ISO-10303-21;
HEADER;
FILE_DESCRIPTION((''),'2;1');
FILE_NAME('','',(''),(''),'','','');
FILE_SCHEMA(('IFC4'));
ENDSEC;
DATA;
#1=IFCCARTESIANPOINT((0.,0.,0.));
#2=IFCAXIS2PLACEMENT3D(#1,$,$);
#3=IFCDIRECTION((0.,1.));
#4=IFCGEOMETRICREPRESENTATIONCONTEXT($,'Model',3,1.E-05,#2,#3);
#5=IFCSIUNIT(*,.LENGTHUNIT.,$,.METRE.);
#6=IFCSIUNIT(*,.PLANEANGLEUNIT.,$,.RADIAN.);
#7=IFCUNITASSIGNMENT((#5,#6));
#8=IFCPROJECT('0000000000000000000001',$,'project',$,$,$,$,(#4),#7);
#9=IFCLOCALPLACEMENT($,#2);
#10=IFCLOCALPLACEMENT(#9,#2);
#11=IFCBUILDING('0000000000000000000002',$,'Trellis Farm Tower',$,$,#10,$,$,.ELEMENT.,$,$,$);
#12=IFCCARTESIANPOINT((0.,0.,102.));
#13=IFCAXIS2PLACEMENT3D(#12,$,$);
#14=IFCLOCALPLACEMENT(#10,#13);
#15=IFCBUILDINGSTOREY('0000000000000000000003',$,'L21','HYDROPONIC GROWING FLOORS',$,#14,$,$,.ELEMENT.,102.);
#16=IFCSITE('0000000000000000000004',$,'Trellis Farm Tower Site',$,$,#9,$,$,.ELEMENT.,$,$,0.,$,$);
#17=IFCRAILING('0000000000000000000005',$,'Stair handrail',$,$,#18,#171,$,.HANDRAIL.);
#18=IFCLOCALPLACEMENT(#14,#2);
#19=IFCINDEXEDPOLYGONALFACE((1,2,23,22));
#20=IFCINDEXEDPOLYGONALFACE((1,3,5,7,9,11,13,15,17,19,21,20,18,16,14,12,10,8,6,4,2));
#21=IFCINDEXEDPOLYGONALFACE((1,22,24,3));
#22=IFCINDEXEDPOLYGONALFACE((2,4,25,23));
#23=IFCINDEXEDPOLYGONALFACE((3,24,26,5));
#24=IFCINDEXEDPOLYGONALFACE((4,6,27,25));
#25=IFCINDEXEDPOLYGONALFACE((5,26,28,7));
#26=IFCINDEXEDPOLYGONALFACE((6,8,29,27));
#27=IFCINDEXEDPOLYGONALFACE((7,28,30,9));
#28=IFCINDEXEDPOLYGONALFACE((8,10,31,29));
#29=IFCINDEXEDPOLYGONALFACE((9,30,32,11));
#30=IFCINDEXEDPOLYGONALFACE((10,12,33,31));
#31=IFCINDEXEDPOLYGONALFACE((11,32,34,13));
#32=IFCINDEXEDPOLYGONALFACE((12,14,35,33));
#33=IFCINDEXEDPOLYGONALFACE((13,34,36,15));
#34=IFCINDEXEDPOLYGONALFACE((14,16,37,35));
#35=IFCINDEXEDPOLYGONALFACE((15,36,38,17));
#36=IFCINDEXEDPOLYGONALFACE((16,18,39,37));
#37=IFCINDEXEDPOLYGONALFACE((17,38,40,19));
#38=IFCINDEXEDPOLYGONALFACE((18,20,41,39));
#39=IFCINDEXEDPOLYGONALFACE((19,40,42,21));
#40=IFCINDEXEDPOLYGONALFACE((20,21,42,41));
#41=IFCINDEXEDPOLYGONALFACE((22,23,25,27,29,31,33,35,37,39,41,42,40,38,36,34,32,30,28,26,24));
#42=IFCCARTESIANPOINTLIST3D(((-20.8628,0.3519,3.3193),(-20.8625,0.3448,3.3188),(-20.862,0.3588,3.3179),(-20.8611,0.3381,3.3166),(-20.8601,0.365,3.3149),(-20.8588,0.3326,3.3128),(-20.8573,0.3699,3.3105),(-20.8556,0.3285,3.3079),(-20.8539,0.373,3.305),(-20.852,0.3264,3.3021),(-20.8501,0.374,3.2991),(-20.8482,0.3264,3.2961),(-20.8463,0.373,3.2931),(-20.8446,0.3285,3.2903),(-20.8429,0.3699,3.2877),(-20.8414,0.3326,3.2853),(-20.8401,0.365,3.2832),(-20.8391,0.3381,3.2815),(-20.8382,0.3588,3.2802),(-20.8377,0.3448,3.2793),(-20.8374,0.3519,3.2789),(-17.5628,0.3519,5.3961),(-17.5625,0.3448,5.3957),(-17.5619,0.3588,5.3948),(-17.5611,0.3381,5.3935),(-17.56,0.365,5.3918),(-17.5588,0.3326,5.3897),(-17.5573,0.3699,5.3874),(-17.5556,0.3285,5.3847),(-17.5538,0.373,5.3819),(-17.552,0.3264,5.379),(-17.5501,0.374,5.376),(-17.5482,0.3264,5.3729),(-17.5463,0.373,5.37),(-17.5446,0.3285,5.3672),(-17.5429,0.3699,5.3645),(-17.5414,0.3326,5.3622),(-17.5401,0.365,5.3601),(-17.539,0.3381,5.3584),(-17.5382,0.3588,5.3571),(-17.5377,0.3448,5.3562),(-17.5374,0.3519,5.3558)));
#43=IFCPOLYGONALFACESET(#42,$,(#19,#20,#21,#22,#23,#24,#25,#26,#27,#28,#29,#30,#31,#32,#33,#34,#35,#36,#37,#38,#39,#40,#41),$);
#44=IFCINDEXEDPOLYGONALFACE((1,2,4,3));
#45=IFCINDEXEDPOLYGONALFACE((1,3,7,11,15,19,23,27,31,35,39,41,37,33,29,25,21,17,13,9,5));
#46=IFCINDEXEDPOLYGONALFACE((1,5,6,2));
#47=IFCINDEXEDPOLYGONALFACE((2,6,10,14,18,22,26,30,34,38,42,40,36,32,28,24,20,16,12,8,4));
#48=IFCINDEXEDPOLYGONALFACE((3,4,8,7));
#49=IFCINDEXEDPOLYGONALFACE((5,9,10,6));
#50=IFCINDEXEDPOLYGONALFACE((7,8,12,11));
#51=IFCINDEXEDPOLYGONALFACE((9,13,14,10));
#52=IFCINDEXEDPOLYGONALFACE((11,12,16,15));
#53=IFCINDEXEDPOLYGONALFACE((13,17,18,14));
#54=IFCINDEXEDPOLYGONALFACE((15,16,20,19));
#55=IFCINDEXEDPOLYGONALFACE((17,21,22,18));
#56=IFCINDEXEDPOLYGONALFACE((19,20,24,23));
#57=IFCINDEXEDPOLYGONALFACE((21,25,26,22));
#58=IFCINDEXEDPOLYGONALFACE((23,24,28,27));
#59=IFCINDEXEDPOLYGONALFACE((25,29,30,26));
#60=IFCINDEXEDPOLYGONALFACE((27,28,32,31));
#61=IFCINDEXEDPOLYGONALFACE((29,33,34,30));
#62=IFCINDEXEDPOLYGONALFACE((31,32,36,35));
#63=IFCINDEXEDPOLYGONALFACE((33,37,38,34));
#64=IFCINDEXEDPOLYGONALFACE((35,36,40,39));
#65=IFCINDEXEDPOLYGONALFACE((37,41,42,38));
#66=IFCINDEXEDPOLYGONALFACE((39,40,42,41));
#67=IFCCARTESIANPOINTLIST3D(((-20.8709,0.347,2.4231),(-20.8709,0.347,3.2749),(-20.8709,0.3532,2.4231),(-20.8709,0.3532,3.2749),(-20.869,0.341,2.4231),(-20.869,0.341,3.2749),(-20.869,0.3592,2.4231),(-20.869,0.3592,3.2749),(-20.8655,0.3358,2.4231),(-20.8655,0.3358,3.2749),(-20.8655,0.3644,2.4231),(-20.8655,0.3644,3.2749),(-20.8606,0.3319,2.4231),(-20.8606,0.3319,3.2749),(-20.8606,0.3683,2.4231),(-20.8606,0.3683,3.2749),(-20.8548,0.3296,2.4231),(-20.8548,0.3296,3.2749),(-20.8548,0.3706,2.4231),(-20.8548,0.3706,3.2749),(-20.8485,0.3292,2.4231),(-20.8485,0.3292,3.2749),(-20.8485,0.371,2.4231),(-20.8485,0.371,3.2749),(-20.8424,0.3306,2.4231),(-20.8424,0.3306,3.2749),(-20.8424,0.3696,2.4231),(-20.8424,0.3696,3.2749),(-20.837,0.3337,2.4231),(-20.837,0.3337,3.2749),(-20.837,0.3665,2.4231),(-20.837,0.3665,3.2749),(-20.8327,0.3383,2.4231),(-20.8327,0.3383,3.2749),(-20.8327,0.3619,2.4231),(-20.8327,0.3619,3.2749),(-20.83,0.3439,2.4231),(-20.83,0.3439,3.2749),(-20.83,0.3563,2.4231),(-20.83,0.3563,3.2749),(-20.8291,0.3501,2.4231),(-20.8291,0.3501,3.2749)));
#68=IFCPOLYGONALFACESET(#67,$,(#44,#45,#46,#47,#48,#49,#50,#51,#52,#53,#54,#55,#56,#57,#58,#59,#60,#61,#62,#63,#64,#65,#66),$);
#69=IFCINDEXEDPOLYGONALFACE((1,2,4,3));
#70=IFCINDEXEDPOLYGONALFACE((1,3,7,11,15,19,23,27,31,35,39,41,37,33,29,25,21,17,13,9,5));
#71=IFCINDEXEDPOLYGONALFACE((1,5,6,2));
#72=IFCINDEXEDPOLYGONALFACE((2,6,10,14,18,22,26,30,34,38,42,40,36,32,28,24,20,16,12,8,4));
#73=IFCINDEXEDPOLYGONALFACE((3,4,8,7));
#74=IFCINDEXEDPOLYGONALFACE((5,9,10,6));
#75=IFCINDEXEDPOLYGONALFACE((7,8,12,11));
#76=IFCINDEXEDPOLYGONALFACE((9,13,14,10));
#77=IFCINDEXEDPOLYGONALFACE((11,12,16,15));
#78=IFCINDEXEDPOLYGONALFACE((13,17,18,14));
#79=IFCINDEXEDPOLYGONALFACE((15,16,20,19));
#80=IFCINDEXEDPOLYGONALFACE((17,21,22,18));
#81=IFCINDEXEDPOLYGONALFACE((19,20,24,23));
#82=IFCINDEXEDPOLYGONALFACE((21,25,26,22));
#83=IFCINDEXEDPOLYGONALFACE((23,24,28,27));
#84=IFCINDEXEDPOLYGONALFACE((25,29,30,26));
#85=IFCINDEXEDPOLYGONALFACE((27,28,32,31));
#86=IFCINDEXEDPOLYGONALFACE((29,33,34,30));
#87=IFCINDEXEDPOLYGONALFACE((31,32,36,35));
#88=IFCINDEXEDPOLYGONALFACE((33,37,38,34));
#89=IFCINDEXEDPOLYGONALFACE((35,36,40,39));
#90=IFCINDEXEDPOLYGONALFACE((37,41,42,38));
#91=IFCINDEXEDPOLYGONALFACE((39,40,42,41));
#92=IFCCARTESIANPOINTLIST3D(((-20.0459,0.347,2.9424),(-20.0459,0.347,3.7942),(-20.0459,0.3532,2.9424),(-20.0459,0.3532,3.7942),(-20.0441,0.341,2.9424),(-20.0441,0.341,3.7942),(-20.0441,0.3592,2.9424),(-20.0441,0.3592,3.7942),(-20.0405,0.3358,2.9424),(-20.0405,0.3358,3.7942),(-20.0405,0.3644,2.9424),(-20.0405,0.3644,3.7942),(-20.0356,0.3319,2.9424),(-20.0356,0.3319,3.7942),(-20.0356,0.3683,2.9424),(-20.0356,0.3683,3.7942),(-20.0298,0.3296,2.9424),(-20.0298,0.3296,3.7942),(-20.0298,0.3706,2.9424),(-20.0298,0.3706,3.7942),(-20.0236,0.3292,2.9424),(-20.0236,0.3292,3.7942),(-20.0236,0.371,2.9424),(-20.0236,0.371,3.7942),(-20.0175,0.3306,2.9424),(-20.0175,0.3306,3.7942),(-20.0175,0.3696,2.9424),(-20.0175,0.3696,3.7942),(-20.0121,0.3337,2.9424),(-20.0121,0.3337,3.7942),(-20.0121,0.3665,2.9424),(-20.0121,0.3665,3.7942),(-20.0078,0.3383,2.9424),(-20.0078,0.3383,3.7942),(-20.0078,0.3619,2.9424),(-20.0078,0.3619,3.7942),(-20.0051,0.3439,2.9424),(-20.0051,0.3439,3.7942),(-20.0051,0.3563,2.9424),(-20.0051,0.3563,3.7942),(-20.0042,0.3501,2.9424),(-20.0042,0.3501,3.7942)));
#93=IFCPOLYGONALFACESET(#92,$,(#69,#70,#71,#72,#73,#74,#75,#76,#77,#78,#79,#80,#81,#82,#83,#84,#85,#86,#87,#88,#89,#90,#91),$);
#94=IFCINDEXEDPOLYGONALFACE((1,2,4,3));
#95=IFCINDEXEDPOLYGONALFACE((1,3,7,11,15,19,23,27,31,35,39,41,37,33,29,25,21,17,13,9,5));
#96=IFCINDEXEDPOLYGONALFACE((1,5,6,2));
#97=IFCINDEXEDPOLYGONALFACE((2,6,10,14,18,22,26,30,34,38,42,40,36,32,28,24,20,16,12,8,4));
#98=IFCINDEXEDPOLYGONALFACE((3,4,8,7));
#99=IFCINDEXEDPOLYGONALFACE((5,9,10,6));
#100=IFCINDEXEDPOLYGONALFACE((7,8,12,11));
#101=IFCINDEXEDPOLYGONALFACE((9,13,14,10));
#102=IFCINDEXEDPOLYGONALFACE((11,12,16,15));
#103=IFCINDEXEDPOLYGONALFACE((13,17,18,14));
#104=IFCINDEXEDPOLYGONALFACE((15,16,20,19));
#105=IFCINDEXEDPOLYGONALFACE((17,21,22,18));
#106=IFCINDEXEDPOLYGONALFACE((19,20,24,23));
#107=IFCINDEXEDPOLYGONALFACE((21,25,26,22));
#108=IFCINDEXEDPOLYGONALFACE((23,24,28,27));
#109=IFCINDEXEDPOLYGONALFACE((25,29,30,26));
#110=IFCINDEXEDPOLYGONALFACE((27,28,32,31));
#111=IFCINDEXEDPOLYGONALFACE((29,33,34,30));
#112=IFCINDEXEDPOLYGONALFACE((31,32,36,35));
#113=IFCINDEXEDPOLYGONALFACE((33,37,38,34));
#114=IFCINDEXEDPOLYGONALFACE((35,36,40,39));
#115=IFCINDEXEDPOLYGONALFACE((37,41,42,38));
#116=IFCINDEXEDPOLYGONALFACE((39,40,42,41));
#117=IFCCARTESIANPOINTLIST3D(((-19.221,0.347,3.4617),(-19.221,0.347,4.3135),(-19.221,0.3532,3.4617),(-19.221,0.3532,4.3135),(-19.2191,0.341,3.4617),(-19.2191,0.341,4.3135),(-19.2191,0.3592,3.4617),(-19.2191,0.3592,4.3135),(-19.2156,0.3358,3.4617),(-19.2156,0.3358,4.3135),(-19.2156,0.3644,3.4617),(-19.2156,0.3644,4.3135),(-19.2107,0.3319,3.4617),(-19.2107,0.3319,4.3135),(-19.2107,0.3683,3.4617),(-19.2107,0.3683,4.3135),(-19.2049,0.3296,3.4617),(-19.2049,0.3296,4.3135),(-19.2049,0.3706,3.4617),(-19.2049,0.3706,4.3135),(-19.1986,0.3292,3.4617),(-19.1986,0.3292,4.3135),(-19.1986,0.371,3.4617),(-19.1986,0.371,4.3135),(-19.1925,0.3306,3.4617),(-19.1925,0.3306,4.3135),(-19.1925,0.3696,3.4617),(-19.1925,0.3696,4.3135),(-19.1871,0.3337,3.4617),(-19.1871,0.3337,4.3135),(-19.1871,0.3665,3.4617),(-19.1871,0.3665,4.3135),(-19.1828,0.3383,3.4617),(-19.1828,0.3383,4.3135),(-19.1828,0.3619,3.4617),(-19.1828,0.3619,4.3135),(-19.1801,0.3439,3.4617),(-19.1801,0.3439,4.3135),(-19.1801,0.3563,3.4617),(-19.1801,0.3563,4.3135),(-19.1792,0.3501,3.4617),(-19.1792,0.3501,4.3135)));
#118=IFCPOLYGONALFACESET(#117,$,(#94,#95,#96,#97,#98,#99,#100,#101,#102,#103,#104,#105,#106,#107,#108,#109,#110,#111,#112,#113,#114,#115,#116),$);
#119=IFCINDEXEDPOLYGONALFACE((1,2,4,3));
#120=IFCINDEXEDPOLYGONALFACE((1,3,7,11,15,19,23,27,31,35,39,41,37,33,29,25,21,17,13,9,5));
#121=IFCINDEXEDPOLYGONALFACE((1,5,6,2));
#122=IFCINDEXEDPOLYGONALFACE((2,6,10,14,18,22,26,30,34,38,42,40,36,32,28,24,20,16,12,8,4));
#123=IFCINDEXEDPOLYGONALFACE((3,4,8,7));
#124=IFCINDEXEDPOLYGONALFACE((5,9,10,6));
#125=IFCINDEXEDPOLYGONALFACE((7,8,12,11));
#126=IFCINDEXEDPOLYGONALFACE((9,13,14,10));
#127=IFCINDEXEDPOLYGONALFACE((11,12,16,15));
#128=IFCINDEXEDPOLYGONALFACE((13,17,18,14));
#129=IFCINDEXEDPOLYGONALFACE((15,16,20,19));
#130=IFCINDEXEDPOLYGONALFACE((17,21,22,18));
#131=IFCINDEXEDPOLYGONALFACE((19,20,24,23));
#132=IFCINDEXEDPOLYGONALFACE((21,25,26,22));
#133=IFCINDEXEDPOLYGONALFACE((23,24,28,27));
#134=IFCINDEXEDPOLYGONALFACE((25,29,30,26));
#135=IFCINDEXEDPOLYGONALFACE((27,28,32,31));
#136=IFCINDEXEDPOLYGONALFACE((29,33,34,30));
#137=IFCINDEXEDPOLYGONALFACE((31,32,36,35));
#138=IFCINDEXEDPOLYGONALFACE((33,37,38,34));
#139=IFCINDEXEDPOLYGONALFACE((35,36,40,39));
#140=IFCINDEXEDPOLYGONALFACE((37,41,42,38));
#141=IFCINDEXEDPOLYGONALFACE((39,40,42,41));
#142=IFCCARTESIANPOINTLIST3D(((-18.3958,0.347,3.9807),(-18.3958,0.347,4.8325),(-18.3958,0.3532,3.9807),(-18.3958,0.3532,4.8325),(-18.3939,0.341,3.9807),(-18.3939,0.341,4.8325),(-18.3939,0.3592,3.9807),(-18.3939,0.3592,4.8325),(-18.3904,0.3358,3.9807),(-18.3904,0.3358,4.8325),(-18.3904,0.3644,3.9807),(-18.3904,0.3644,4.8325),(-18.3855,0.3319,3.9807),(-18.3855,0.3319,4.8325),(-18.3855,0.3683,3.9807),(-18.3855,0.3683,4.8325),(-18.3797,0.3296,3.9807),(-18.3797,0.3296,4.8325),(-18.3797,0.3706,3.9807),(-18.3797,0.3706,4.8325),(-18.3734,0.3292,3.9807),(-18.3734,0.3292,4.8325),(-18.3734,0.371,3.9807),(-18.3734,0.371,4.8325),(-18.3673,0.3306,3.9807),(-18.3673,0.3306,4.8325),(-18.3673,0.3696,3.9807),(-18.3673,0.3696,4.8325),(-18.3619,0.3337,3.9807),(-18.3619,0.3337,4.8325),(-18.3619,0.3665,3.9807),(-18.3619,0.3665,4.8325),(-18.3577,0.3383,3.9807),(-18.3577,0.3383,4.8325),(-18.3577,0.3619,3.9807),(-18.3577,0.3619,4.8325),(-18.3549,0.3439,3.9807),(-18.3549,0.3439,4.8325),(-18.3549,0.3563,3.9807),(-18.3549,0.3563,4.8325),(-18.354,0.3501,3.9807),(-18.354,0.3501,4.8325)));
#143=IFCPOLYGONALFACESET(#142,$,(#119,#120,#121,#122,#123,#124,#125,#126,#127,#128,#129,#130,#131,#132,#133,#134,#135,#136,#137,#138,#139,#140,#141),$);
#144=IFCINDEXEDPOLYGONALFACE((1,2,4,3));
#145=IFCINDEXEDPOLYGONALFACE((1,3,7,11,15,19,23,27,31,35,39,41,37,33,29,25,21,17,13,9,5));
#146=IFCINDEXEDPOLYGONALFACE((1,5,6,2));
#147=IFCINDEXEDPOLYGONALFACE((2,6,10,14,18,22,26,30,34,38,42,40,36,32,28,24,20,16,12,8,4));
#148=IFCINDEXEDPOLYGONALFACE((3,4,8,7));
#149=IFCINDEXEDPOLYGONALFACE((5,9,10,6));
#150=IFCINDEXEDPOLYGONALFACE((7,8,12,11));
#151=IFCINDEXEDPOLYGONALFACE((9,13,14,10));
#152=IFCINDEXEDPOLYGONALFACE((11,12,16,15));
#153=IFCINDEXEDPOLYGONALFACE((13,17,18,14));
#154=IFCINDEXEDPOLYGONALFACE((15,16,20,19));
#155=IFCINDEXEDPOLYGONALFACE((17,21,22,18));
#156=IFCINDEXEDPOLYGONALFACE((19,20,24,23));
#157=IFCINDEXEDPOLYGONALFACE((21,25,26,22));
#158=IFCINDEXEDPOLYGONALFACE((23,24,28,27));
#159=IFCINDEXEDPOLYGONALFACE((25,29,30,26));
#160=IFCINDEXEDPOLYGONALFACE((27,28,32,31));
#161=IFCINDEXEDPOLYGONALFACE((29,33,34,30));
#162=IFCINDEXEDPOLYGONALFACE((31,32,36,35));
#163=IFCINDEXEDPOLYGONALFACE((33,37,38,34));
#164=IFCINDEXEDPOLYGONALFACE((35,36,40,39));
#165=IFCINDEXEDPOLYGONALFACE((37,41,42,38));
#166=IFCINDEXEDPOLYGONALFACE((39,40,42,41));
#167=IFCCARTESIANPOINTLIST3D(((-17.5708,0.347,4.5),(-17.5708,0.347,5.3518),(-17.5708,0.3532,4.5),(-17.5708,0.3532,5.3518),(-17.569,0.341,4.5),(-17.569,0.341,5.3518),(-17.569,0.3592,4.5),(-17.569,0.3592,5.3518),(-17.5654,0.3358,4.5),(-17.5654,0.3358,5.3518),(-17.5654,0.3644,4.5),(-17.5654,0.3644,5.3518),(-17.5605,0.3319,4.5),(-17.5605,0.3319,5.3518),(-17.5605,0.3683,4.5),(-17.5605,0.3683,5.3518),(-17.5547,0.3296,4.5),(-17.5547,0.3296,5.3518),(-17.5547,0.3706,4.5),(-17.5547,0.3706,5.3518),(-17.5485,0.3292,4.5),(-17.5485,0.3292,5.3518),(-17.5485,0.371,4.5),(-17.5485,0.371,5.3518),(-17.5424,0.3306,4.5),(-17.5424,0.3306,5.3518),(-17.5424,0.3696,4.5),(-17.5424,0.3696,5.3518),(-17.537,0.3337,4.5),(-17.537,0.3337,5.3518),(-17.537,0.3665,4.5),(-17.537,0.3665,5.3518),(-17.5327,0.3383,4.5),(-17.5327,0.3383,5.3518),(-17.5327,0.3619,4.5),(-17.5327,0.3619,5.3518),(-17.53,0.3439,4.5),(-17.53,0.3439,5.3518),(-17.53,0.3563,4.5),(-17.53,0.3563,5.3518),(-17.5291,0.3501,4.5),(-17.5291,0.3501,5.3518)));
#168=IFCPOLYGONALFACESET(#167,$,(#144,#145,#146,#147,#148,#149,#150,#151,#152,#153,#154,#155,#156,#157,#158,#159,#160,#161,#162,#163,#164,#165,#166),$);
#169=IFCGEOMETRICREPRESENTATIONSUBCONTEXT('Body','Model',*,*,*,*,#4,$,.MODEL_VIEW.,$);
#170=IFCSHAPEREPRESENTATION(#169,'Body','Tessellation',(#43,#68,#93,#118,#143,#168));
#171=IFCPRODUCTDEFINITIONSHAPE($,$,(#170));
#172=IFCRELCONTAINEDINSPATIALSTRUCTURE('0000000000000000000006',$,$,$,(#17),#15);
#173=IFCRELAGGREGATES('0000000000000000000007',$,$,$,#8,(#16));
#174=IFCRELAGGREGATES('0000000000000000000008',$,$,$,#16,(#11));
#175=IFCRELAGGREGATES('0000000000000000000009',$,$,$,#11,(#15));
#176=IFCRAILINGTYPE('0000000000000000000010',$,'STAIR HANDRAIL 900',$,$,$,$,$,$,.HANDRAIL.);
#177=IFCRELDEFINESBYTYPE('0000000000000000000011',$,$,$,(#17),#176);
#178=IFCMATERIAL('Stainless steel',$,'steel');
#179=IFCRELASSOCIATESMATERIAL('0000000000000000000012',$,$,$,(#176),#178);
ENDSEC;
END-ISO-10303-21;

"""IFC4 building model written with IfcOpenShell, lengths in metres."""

from ifc_helpers import new_model, si_unit, direction, frame, origin, origin_2d, place, context, subcontext, project, spatial, circle, extrude, source, transform, mapped, material, type_object, element, save


model = new_model("IFC4")

# Units and contexts
model_context = context("Model", 3, precision=1e-05, world=origin(), true_north=direction((0.0, 1.0)))
body_context = subcontext(model_context, "Body", "Model", "MODEL_VIEW")
ifc_project = project(units=[si_unit("LENGTHUNIT", "METRE"), si_unit("PLANEANGLEUNIT", "RADIAN")], contexts=[model_context])

# Site, building, storey
site_placement = place(None, origin())
site = spatial("IfcSite", under=ifc_project, at=site_placement, Name="Trellis Farm Tower Site", CompositionType="ELEMENT", RefElevation=0.0)
building_placement = place(site_placement, origin())
building = spatial("IfcBuilding", under=site, at=building_placement, Name="Trellis Farm Tower", CompositionType="ELEMENT")
storey_placement = place(building_placement, frame((0.0, 0.0, 102.0)))
storey = spatial("IfcBuildingStorey", under=building, at=storey_placement, Name="L21", Description="HYDROPONIC GROWING FLOORS", CompositionType="ELEMENT", Elevation=102.0)

# Railing
ifc_material_1 = material(Name="Stainless steel", Category="steel")
railing_type = type_object("IfcRailingType", Name="STAIR HANDRAIL 900", PredefinedType="HANDRAIL", material=ifc_material_1)
shared_shape_1 = source(origin(), body_context, "Body", "SweptSolid", [
    extrude(circle(Radius=0.0239, at=origin_2d()), frame((0.0, 0.0, 0.876), z_axis=(0.846337, 0.0, 0.532647), x_axis=(0.0, 1.0, 0.0)), (0.0, 0.0, 1.0), 3.8992),
    extrude(circle(Radius=0.021, at=origin_2d()), origin(), (0.0, 0.0, 1.0), 0.8518),
    extrude(circle(Radius=0.021, at=origin_2d()), frame((0.825, 0.0, 0.5193)), (0.0, 0.0, 1.0), 0.8518),
    extrude(circle(Radius=0.021, at=origin_2d()), frame((1.6499, 0.0, 1.0386)), (0.0, 0.0, 1.0), 0.8518),
    extrude(circle(Radius=0.021, at=origin_2d()), frame((2.4751, 0.0, 1.5576)), (0.0, 0.0, 1.0), 0.8518),
    extrude(circle(Radius=0.021, at=origin_2d()), frame((3.3, 0.0, 2.0769)), (0.0, 0.0, 1.0), 0.8518),
])
for number, where, name in (
    (1, (-20.8501, 0.3501, 2.4231), "Stair handrail"),
):
    element("IfcRailing", number, at=place(storey_placement, frame(where)), inside=storey, type_object=railing_type, Name=name, PredefinedType="HANDRAIL", context=body_context, shape_type="MappedRepresentation", body=[
        mapped(shared_shape_1, transform((0.0, 0.0, 0.0))),
    ])

save(model, "model.ifc")
